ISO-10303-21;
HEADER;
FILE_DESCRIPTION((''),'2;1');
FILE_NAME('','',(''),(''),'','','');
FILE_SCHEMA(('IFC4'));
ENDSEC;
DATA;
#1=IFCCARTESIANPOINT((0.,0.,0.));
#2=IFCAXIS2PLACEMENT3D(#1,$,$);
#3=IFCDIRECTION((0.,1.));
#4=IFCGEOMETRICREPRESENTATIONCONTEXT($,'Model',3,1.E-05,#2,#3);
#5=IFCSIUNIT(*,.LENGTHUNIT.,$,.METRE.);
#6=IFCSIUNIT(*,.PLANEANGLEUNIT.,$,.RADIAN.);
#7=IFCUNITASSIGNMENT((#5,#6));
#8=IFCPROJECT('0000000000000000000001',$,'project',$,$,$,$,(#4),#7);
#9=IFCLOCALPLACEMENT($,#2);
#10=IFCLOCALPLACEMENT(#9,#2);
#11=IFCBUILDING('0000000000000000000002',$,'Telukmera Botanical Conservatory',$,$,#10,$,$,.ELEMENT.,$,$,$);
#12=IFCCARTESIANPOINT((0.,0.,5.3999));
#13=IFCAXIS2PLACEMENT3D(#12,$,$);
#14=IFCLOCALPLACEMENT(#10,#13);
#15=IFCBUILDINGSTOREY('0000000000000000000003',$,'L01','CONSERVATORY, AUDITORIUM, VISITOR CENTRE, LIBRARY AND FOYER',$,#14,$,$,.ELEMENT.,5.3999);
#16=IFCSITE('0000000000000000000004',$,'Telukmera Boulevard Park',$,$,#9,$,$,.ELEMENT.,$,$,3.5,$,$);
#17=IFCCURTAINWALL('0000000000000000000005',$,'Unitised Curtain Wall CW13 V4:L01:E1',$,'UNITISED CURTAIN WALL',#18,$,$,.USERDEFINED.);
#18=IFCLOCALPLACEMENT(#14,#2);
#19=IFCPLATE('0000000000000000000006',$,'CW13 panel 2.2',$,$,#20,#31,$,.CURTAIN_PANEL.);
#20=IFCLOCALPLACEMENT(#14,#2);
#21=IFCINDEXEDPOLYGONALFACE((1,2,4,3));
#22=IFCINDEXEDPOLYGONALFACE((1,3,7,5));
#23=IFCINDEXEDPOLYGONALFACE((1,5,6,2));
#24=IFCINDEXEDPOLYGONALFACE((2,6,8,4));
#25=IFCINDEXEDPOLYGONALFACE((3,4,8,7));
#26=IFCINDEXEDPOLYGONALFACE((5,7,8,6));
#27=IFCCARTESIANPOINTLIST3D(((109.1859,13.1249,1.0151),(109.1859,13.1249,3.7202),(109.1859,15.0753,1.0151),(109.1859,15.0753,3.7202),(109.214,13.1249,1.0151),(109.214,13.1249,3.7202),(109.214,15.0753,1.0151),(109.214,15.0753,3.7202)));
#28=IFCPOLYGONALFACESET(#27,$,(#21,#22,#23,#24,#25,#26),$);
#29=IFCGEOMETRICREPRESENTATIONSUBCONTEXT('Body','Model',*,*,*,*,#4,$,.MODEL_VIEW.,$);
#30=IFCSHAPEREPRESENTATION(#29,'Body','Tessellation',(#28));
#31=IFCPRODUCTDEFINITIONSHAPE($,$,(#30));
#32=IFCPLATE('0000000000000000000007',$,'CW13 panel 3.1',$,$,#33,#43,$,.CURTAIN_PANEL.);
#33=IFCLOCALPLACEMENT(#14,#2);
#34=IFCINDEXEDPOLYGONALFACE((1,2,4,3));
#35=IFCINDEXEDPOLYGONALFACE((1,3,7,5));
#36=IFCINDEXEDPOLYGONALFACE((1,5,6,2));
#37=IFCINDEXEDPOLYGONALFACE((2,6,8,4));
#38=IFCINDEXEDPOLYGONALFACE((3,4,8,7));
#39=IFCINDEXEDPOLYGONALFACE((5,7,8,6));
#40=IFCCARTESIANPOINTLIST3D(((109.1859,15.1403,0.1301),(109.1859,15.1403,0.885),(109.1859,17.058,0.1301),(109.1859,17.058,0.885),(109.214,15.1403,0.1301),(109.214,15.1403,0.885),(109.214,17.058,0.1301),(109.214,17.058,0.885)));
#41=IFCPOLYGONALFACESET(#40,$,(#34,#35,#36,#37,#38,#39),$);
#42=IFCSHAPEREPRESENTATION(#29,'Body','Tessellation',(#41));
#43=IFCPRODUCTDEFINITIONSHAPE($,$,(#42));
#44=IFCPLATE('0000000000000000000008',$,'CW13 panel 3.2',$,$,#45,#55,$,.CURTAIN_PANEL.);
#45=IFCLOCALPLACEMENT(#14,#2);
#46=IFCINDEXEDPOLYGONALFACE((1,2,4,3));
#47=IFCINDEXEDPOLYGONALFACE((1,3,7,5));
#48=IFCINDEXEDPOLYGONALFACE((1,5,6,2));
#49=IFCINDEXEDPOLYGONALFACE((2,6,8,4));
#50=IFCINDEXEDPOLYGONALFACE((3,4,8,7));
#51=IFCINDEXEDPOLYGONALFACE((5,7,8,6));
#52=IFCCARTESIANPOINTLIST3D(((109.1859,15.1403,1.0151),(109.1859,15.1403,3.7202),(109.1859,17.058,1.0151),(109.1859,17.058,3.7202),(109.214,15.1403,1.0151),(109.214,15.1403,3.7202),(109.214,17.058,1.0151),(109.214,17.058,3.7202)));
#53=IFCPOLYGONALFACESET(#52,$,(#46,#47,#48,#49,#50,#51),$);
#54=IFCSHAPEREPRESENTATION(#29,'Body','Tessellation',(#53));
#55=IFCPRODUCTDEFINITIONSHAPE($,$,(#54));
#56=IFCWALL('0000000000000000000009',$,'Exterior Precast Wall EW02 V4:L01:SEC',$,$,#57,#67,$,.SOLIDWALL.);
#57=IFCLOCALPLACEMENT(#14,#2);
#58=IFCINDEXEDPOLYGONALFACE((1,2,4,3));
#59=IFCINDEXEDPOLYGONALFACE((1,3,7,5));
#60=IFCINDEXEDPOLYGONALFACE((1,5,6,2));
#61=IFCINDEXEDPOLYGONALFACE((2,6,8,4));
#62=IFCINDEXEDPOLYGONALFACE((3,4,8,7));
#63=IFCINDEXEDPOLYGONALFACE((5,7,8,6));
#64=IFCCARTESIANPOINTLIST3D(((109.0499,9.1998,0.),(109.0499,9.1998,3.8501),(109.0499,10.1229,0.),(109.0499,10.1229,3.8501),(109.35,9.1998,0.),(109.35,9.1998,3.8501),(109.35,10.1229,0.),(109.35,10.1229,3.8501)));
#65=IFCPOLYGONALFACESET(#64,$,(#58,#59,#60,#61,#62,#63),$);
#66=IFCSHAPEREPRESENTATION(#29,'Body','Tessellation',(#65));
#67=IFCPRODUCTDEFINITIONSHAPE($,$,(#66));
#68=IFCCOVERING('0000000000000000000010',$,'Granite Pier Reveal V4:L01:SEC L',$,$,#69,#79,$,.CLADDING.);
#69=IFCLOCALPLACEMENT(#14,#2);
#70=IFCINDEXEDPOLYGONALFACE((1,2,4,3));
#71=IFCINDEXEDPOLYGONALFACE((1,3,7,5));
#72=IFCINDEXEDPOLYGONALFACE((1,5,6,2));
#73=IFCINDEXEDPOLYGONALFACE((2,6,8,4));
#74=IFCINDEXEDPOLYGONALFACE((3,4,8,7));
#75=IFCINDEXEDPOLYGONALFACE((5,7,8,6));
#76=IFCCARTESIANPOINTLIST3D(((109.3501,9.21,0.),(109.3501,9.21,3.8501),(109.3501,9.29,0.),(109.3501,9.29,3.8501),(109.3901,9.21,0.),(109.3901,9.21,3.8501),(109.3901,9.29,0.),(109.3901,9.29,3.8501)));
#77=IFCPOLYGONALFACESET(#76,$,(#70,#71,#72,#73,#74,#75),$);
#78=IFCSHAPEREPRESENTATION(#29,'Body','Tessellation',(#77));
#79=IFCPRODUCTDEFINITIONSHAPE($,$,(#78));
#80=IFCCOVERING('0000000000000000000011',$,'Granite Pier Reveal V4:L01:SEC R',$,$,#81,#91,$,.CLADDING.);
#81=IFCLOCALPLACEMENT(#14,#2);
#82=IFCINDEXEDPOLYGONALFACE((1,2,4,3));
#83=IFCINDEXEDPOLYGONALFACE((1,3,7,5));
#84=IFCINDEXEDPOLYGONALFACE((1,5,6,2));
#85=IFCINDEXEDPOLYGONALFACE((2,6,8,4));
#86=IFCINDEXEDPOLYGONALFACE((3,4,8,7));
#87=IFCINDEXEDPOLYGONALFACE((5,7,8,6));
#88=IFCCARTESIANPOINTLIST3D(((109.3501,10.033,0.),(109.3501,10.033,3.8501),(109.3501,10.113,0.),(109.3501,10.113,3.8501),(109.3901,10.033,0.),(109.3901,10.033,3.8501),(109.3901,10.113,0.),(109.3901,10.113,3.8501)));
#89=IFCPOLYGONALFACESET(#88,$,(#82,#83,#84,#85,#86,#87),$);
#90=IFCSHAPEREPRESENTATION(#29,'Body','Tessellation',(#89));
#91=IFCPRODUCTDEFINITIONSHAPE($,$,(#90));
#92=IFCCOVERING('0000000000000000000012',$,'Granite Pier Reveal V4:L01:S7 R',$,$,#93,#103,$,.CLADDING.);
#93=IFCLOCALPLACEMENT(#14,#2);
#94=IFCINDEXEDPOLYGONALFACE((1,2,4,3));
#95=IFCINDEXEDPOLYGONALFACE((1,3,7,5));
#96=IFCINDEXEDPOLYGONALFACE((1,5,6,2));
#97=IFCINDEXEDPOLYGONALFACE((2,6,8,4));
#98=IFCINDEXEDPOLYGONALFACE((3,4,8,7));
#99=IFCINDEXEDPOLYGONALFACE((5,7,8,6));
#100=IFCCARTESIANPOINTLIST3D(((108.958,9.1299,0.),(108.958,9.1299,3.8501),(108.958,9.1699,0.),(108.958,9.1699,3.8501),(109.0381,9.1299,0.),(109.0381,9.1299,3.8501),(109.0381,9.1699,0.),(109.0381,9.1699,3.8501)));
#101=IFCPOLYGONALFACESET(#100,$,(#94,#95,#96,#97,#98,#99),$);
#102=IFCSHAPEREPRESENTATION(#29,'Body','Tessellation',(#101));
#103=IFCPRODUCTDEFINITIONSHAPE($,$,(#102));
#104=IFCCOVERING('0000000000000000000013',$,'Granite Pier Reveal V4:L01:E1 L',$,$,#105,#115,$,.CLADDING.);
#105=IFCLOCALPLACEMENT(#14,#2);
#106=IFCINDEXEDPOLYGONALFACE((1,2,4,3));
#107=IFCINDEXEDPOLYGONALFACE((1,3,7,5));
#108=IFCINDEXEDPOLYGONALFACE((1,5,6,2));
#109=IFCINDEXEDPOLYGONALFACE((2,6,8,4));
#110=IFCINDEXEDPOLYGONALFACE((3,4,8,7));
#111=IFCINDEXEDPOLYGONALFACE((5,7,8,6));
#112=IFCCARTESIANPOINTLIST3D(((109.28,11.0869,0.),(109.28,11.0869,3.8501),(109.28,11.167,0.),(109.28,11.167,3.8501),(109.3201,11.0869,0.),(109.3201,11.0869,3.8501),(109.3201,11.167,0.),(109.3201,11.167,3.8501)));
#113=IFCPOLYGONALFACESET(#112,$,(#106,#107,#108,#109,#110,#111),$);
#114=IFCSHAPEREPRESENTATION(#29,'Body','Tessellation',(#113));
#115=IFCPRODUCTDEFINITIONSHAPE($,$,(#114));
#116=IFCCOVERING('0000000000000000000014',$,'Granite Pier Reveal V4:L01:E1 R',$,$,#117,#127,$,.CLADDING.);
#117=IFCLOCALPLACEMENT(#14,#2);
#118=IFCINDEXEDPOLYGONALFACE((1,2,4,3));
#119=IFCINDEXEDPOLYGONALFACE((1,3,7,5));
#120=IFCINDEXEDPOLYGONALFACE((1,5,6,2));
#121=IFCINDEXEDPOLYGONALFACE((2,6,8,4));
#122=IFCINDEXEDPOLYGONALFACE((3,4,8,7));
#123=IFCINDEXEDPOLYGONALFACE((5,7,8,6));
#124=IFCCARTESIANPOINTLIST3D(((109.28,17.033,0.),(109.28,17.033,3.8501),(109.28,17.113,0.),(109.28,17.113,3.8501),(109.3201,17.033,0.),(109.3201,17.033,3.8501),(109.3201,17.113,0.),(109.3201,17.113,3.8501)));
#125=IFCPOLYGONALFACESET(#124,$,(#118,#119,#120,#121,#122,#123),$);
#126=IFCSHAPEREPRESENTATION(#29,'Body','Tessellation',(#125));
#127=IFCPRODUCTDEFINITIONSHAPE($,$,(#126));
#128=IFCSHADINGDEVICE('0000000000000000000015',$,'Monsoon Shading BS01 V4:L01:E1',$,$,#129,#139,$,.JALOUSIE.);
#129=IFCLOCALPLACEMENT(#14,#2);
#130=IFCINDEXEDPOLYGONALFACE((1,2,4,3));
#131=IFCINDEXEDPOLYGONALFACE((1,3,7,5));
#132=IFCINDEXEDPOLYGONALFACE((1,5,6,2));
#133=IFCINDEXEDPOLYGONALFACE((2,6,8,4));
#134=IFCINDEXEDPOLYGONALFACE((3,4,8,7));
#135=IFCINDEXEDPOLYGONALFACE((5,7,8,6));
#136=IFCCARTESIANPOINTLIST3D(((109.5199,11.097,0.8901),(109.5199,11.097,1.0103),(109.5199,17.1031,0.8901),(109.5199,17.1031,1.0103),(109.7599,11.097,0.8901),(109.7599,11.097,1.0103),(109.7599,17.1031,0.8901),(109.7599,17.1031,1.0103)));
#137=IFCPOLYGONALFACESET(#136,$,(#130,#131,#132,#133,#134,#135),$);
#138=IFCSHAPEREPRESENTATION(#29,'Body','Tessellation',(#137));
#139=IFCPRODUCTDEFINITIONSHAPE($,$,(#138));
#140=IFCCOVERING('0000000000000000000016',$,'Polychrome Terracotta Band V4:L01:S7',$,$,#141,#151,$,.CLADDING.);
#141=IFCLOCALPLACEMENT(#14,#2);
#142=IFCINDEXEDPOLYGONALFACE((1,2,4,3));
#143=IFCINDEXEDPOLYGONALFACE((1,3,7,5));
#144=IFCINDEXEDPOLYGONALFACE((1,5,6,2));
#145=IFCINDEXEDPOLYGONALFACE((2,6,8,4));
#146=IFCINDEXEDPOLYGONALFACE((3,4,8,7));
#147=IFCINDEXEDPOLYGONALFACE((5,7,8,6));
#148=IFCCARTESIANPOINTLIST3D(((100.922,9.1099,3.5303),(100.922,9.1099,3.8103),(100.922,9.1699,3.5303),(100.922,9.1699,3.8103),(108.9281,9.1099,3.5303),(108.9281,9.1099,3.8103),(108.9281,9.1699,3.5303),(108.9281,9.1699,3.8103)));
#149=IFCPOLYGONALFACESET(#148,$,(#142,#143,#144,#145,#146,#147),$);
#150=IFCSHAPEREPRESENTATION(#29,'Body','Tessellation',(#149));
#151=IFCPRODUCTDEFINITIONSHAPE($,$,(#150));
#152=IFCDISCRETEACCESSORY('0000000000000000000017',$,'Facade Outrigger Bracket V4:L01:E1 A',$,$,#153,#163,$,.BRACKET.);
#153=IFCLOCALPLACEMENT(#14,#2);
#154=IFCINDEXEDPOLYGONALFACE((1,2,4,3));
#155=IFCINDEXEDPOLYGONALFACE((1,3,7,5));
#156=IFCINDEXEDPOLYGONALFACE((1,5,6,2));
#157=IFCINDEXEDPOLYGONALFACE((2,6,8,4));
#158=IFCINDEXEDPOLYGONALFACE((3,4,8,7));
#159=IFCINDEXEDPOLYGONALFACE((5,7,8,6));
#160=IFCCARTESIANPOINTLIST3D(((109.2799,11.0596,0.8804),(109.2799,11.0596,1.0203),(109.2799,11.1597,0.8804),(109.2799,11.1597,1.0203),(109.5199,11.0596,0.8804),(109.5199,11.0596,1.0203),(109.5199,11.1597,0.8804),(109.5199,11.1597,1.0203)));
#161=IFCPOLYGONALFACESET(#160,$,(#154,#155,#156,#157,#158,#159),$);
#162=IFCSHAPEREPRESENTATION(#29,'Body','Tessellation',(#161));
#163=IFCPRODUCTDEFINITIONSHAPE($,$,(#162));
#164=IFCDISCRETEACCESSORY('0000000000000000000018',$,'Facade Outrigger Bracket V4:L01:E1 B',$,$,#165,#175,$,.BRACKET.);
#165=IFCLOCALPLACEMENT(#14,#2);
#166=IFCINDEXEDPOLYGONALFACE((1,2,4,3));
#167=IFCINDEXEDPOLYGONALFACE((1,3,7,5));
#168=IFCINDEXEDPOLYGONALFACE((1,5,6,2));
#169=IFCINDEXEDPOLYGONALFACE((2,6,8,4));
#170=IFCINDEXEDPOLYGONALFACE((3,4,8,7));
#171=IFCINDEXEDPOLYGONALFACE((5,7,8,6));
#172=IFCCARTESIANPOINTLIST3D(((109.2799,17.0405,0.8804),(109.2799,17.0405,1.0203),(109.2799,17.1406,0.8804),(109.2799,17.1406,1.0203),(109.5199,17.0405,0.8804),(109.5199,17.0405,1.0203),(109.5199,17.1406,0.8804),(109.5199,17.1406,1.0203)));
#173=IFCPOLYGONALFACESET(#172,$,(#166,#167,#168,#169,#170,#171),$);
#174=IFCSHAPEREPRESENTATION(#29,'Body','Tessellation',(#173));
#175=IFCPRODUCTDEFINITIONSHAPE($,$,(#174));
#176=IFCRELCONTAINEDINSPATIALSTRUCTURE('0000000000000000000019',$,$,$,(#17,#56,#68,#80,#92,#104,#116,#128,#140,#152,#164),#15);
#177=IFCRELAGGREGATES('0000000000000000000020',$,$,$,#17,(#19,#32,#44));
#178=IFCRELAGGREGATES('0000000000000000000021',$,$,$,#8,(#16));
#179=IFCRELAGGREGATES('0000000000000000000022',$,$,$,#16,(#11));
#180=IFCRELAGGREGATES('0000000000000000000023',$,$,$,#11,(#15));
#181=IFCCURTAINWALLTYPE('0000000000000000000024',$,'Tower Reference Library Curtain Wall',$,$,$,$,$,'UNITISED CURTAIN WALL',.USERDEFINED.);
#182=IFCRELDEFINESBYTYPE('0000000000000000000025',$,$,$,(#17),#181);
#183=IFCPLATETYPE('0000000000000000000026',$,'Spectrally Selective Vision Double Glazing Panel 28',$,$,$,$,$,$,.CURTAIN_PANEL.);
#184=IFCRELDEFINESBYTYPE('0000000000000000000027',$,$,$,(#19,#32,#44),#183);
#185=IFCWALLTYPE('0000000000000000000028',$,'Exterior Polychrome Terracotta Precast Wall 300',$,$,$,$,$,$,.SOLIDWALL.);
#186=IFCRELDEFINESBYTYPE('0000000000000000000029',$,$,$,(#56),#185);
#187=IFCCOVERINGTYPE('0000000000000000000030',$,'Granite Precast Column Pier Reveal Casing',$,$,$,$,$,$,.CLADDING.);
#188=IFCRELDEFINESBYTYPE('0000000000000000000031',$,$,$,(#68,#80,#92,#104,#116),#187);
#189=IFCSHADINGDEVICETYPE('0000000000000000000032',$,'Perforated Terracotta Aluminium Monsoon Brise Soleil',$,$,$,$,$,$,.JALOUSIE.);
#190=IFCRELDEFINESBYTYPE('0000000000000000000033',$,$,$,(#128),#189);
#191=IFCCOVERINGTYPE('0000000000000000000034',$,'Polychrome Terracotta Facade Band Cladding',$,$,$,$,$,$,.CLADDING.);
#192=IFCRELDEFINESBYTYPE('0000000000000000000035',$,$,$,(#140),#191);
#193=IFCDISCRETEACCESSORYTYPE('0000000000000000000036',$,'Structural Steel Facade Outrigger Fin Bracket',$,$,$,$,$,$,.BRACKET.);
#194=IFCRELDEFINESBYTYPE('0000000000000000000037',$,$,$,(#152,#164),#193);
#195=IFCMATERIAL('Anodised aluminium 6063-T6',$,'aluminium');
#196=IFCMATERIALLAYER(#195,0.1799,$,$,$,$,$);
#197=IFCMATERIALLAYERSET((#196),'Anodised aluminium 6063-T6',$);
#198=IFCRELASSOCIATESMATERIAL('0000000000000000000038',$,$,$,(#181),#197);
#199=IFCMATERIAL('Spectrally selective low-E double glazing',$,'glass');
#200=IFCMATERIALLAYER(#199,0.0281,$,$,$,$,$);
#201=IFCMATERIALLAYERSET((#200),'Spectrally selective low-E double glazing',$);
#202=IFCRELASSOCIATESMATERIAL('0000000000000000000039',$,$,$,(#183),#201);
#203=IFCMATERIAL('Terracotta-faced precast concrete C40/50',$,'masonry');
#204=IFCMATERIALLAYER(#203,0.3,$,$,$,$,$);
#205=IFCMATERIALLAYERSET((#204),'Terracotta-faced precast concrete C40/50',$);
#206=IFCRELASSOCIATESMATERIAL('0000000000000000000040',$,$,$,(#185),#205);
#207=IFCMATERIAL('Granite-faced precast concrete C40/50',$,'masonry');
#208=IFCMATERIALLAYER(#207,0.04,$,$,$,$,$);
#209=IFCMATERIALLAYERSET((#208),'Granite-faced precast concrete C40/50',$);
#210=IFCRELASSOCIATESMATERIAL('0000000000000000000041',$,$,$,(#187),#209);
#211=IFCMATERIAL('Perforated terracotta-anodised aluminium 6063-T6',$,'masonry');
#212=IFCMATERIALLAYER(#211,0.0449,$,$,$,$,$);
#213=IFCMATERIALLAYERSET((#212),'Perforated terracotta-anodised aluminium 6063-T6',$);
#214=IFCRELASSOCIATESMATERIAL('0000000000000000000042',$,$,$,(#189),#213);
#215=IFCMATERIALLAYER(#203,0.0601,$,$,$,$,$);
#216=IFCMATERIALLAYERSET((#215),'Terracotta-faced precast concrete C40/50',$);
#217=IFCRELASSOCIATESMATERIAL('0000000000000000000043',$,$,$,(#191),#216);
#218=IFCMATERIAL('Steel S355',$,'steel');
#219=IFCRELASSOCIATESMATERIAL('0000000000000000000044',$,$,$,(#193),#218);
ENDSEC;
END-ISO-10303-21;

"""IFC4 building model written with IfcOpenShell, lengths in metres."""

from ifc_helpers import new_model, si_unit, direction, frame, frame_2d, origin, origin_2d, place, context, subcontext, project, spatial, rectangle, extrude, material, layer, layer_set, type_object, element, aggregate, save


model = new_model("IFC4")

# Units and contexts
model_context = context("Model", 3, precision=1e-05, world=origin(), true_north=direction((0.0, 1.0)))
body_context = subcontext(model_context, "Body", "Model", "MODEL_VIEW")
ifc_project = project(units=[si_unit("LENGTHUNIT", "METRE"), si_unit("PLANEANGLEUNIT", "RADIAN")], contexts=[model_context])

# Site, building, storey
site_placement = place(None, origin())
site = spatial("IfcSite", under=ifc_project, at=site_placement, Name="Telukmera Boulevard Park", CompositionType="ELEMENT", RefElevation=3.5)
building_placement = place(site_placement, origin())
building = spatial("IfcBuilding", under=site, at=building_placement, Name="Telukmera Botanical Conservatory", CompositionType="ELEMENT")
storey_placement = place(building_placement, frame((0.0, 0.0, 5.3999)))
storey = spatial("IfcBuildingStorey", under=building, at=storey_placement, Name="L01", Description="CONSERVATORY, AUDITORIUM, VISITOR CENTRE, LIBRARY AND FOYER", CompositionType="ELEMENT", Elevation=5.3999)

# Shared definitions
ifc_material_1 = material(Name="Steel S355", Category="steel")

# Curtain wall
ifc_material_2 = material(Name="Anodised aluminium 6063-T6", Category="aluminium")
ifc_layer_1 = layer(ifc_material_2, 0.1799)
ifc_layer_set_1 = layer_set([ifc_layer_1], Name="Anodised aluminium 6063-T6")
curtain_wall_type = type_object("IfcCurtainWallType", Name="Tower Reference Library Curtain Wall", ElementType="UNITISED CURTAIN WALL", PredefinedType="USERDEFINED", material=ifc_layer_set_1)
curtain_wall_placement = place(storey_placement, origin())
curtain_wall = element("IfcCurtainWall", 1, at=curtain_wall_placement, inside=storey, type_object=curtain_wall_type, Name="Unitised Curtain Wall CW13 V4:L01:E1", ObjectType="UNITISED CURTAIN WALL", PredefinedType="USERDEFINED")

# Plates
ifc_material_3 = material(Name="Spectrally selective low-E double glazing", Category="glass")
ifc_layer_2 = layer(ifc_material_3, 0.0281)
ifc_layer_set_2 = layer_set([ifc_layer_2], Name="Spectrally selective low-E double glazing")
plate_type_1 = type_object("IfcPlateType", Name="Spectrally Selective Vision Double Glazing Panel 28", PredefinedType="CURTAIN_PANEL", material=ifc_layer_set_2)
plate_1_placement = place(storey_placement, frame((109.2, 14.1001, 1.0151), z_axis=(0.0, 0.0, 1.0), x_axis=(0.0, 1.0, 0.0)))
plate_1 = element("IfcPlate", 2, at=plate_1_placement, type_object=plate_type_1, Name="CW13 panel 2.2", PredefinedType="CURTAIN_PANEL", context=body_context, shape_type="SweptSolid", body=[
    extrude(rectangle(XDim=1.9504, YDim=0.0281, at=origin_2d()), origin(), (0.0, 0.0, 1.0), 2.7051),
])
plate_2_placement = place(storey_placement, frame((109.2, 16.0991, 0.1301), z_axis=(0.0, 0.0, 1.0), x_axis=(0.0, 1.0, 0.0)))
plate_2 = element("IfcPlate", 3, at=plate_2_placement, type_object=plate_type_1, Name="CW13 panel 3.1", PredefinedType="CURTAIN_PANEL", context=body_context, shape_type="SweptSolid", body=[
    extrude(rectangle(XDim=1.9177, YDim=0.0281, at=origin_2d()), origin(), (0.0, 0.0, 1.0), 0.7549),
])
plate_3_placement = place(storey_placement, frame((109.2, 16.0991, 1.0151), z_axis=(0.0, 0.0, 1.0), x_axis=(0.0, 1.0, 0.0)))
plate_3 = element("IfcPlate", 4, at=plate_3_placement, type_object=plate_type_1, Name="CW13 panel 3.2", PredefinedType="CURTAIN_PANEL", context=body_context, shape_type="SweptSolid", body=[
    extrude(rectangle(XDim=1.9177, YDim=0.0281, at=origin_2d()), origin(), (0.0, 0.0, 1.0), 2.7051),
])
aggregate(curtain_wall, [plate_1, plate_2, plate_3])

# Wall
ifc_material_4 = material(Name="Terracotta-faced precast concrete C40/50", Category="masonry")
ifc_layer_3 = layer(ifc_material_4, 0.3)
ifc_layer_set_3 = layer_set([ifc_layer_3], Name="Terracotta-faced precast concrete C40/50")
wall_type = type_object("IfcWallType", Name="Exterior Polychrome Terracotta Precast Wall 300", PredefinedType="SOLIDWALL", material=ifc_layer_set_3)
wall_placement = place(storey_placement, frame((109.2, 9.2, 0.0), z_axis=(0.0, 0.0, 1.0), x_axis=(0.0, 1.0, 0.0)))
element("IfcWall", 5, at=wall_placement, inside=storey, type_object=wall_type, Name="Exterior Precast Wall EW02 V4:L01:SEC", PredefinedType="SOLIDWALL", context=body_context, shape_type="SweptSolid", body=[
    extrude(rectangle(XDim=0.9231, YDim=0.3, at=frame_2d((0.4614, 0.0))), origin(), (0.0, 0.0, 1.0), 3.8501),
])

# Coverings
ifc_material_5 = material(Name="Granite-faced precast concrete C40/50", Category="masonry")
ifc_layer_4 = layer(ifc_material_5, 0.04)
ifc_layer_set_4 = layer_set([ifc_layer_4], Name="Granite-faced precast concrete C40/50")
covering_type_1 = type_object("IfcCoveringType", Name="Granite Precast Column Pier Reveal Casing", PredefinedType="CLADDING", material=ifc_layer_set_4)
for number, where, z_axis, x_axis, name in (
    (6, (109.3701, 9.25, 0.0), (0.0, 0.0, 1.0), (0.0, 1.0, 0.0), "Granite Pier Reveal V4:L01:SEC L"),
    (7, (109.3701, 10.073, 0.0), (0.0, 0.0, 1.0), (0.0, 1.0, 0.0), "Granite Pier Reveal V4:L01:SEC R"),
    (8, (108.998, 9.1499, 0.0), (0.0, 0.0, 1.0), (1.0, 0.0, 0.0), "Granite Pier Reveal V4:L01:S7 R"),
    (9, (109.3, 11.127, 0.0), (0.0, 0.0, 1.0), (0.0, 1.0, 0.0), "Granite Pier Reveal V4:L01:E1 L"),
    (10, (109.3, 17.073, 0.0), (0.0, 0.0, 1.0), (0.0, 1.0, 0.0), "Granite Pier Reveal V4:L01:E1 R"),
):
    element("IfcCovering", number, at=place(storey_placement, frame(where, z_axis=z_axis, x_axis=x_axis)), inside=storey, type_object=covering_type_1, Name=name, PredefinedType="CLADDING", context=body_context, shape_type="SweptSolid", body=[
        extrude(rectangle(XDim=0.0801, YDim=0.04, at=origin_2d()), origin(), (0.0, 0.0, 1.0), 3.8501),
    ])

# Shading device
ifc_material_6 = material(Name="Perforated terracotta-anodised aluminium 6063-T6", Category="masonry")
ifc_layer_5 = layer(ifc_material_6, 0.0449)
ifc_layer_set_5 = layer_set([ifc_layer_5], Name="Perforated terracotta-anodised aluminium 6063-T6")
shading_device_type = type_object("IfcShadingDeviceType", Name="Perforated Terracotta Aluminium Monsoon Brise Soleil", PredefinedType="JALOUSIE", material=ifc_layer_set_5)
shading_device_placement = place(storey_placement, frame((109.6399, 14.1001, 0.8901), z_axis=(0.0, 0.0, 1.0), x_axis=(0.0, 1.0, 0.0)))
element("IfcShadingDevice", 11, at=shading_device_placement, inside=storey, type_object=shading_device_type, Name="Monsoon Shading BS01 V4:L01:E1", PredefinedType="JALOUSIE", context=body_context, shape_type="SweptSolid", body=[
    extrude(rectangle(XDim=6.0061, YDim=0.24, at=origin_2d()), origin(), (0.0, 0.0, 1.0), 0.1201),
])

# Covering
ifc_layer_6 = layer(ifc_material_4, 0.0601)
ifc_layer_set_6 = layer_set([ifc_layer_6], Name="Terracotta-faced precast concrete C40/50")
covering_type_2 = type_object("IfcCoveringType", Name="Polychrome Terracotta Facade Band Cladding", PredefinedType="CLADDING", material=ifc_layer_set_6)
covering_placement = place(storey_placement, frame((104.925, 9.1399, 3.5303), z_axis=(0.0, 0.0, 1.0), x_axis=(1.0, 0.0, 0.0)))
element("IfcCovering", 12, at=covering_placement, inside=storey, type_object=covering_type_2, Name="Polychrome Terracotta Band V4:L01:S7", PredefinedType="CLADDING", context=body_context, shape_type="SweptSolid", body=[
    extrude(rectangle(XDim=8.0061, YDim=0.0601, at=origin_2d()), origin(), (0.0, 0.0, 1.0), 0.28),
])

# Discrete accessories
discrete_accessory_type = type_object("IfcDiscreteAccessoryType", Name="Structural Steel Facade Outrigger Fin Bracket", PredefinedType="BRACKET", material=ifc_material_1)
for number, where, z_axis, x_axis, name in (
    (13, (109.3999, 11.1096, 0.8804), (0.0, 0.0, 1.0), (0.0, 1.0, 0.0), "Facade Outrigger Bracket V4:L01:E1 A"),
    (14, (109.3999, 17.0906, 0.8804), (0.0, 0.0, 1.0), (0.0, 1.0, 0.0), "Facade Outrigger Bracket V4:L01:E1 B"),
):
    element("IfcDiscreteAccessory", number, at=place(storey_placement, frame(where, z_axis=z_axis, x_axis=x_axis)), inside=storey, type_object=discrete_accessory_type, Name=name, PredefinedType="BRACKET", context=body_context, shape_type="SweptSolid", body=[
        extrude(rectangle(XDim=0.1001, YDim=0.24, at=origin_2d()), origin(), (0.0, 0.0, 1.0), 0.1399),
    ])

save(model, "model.ifc")
